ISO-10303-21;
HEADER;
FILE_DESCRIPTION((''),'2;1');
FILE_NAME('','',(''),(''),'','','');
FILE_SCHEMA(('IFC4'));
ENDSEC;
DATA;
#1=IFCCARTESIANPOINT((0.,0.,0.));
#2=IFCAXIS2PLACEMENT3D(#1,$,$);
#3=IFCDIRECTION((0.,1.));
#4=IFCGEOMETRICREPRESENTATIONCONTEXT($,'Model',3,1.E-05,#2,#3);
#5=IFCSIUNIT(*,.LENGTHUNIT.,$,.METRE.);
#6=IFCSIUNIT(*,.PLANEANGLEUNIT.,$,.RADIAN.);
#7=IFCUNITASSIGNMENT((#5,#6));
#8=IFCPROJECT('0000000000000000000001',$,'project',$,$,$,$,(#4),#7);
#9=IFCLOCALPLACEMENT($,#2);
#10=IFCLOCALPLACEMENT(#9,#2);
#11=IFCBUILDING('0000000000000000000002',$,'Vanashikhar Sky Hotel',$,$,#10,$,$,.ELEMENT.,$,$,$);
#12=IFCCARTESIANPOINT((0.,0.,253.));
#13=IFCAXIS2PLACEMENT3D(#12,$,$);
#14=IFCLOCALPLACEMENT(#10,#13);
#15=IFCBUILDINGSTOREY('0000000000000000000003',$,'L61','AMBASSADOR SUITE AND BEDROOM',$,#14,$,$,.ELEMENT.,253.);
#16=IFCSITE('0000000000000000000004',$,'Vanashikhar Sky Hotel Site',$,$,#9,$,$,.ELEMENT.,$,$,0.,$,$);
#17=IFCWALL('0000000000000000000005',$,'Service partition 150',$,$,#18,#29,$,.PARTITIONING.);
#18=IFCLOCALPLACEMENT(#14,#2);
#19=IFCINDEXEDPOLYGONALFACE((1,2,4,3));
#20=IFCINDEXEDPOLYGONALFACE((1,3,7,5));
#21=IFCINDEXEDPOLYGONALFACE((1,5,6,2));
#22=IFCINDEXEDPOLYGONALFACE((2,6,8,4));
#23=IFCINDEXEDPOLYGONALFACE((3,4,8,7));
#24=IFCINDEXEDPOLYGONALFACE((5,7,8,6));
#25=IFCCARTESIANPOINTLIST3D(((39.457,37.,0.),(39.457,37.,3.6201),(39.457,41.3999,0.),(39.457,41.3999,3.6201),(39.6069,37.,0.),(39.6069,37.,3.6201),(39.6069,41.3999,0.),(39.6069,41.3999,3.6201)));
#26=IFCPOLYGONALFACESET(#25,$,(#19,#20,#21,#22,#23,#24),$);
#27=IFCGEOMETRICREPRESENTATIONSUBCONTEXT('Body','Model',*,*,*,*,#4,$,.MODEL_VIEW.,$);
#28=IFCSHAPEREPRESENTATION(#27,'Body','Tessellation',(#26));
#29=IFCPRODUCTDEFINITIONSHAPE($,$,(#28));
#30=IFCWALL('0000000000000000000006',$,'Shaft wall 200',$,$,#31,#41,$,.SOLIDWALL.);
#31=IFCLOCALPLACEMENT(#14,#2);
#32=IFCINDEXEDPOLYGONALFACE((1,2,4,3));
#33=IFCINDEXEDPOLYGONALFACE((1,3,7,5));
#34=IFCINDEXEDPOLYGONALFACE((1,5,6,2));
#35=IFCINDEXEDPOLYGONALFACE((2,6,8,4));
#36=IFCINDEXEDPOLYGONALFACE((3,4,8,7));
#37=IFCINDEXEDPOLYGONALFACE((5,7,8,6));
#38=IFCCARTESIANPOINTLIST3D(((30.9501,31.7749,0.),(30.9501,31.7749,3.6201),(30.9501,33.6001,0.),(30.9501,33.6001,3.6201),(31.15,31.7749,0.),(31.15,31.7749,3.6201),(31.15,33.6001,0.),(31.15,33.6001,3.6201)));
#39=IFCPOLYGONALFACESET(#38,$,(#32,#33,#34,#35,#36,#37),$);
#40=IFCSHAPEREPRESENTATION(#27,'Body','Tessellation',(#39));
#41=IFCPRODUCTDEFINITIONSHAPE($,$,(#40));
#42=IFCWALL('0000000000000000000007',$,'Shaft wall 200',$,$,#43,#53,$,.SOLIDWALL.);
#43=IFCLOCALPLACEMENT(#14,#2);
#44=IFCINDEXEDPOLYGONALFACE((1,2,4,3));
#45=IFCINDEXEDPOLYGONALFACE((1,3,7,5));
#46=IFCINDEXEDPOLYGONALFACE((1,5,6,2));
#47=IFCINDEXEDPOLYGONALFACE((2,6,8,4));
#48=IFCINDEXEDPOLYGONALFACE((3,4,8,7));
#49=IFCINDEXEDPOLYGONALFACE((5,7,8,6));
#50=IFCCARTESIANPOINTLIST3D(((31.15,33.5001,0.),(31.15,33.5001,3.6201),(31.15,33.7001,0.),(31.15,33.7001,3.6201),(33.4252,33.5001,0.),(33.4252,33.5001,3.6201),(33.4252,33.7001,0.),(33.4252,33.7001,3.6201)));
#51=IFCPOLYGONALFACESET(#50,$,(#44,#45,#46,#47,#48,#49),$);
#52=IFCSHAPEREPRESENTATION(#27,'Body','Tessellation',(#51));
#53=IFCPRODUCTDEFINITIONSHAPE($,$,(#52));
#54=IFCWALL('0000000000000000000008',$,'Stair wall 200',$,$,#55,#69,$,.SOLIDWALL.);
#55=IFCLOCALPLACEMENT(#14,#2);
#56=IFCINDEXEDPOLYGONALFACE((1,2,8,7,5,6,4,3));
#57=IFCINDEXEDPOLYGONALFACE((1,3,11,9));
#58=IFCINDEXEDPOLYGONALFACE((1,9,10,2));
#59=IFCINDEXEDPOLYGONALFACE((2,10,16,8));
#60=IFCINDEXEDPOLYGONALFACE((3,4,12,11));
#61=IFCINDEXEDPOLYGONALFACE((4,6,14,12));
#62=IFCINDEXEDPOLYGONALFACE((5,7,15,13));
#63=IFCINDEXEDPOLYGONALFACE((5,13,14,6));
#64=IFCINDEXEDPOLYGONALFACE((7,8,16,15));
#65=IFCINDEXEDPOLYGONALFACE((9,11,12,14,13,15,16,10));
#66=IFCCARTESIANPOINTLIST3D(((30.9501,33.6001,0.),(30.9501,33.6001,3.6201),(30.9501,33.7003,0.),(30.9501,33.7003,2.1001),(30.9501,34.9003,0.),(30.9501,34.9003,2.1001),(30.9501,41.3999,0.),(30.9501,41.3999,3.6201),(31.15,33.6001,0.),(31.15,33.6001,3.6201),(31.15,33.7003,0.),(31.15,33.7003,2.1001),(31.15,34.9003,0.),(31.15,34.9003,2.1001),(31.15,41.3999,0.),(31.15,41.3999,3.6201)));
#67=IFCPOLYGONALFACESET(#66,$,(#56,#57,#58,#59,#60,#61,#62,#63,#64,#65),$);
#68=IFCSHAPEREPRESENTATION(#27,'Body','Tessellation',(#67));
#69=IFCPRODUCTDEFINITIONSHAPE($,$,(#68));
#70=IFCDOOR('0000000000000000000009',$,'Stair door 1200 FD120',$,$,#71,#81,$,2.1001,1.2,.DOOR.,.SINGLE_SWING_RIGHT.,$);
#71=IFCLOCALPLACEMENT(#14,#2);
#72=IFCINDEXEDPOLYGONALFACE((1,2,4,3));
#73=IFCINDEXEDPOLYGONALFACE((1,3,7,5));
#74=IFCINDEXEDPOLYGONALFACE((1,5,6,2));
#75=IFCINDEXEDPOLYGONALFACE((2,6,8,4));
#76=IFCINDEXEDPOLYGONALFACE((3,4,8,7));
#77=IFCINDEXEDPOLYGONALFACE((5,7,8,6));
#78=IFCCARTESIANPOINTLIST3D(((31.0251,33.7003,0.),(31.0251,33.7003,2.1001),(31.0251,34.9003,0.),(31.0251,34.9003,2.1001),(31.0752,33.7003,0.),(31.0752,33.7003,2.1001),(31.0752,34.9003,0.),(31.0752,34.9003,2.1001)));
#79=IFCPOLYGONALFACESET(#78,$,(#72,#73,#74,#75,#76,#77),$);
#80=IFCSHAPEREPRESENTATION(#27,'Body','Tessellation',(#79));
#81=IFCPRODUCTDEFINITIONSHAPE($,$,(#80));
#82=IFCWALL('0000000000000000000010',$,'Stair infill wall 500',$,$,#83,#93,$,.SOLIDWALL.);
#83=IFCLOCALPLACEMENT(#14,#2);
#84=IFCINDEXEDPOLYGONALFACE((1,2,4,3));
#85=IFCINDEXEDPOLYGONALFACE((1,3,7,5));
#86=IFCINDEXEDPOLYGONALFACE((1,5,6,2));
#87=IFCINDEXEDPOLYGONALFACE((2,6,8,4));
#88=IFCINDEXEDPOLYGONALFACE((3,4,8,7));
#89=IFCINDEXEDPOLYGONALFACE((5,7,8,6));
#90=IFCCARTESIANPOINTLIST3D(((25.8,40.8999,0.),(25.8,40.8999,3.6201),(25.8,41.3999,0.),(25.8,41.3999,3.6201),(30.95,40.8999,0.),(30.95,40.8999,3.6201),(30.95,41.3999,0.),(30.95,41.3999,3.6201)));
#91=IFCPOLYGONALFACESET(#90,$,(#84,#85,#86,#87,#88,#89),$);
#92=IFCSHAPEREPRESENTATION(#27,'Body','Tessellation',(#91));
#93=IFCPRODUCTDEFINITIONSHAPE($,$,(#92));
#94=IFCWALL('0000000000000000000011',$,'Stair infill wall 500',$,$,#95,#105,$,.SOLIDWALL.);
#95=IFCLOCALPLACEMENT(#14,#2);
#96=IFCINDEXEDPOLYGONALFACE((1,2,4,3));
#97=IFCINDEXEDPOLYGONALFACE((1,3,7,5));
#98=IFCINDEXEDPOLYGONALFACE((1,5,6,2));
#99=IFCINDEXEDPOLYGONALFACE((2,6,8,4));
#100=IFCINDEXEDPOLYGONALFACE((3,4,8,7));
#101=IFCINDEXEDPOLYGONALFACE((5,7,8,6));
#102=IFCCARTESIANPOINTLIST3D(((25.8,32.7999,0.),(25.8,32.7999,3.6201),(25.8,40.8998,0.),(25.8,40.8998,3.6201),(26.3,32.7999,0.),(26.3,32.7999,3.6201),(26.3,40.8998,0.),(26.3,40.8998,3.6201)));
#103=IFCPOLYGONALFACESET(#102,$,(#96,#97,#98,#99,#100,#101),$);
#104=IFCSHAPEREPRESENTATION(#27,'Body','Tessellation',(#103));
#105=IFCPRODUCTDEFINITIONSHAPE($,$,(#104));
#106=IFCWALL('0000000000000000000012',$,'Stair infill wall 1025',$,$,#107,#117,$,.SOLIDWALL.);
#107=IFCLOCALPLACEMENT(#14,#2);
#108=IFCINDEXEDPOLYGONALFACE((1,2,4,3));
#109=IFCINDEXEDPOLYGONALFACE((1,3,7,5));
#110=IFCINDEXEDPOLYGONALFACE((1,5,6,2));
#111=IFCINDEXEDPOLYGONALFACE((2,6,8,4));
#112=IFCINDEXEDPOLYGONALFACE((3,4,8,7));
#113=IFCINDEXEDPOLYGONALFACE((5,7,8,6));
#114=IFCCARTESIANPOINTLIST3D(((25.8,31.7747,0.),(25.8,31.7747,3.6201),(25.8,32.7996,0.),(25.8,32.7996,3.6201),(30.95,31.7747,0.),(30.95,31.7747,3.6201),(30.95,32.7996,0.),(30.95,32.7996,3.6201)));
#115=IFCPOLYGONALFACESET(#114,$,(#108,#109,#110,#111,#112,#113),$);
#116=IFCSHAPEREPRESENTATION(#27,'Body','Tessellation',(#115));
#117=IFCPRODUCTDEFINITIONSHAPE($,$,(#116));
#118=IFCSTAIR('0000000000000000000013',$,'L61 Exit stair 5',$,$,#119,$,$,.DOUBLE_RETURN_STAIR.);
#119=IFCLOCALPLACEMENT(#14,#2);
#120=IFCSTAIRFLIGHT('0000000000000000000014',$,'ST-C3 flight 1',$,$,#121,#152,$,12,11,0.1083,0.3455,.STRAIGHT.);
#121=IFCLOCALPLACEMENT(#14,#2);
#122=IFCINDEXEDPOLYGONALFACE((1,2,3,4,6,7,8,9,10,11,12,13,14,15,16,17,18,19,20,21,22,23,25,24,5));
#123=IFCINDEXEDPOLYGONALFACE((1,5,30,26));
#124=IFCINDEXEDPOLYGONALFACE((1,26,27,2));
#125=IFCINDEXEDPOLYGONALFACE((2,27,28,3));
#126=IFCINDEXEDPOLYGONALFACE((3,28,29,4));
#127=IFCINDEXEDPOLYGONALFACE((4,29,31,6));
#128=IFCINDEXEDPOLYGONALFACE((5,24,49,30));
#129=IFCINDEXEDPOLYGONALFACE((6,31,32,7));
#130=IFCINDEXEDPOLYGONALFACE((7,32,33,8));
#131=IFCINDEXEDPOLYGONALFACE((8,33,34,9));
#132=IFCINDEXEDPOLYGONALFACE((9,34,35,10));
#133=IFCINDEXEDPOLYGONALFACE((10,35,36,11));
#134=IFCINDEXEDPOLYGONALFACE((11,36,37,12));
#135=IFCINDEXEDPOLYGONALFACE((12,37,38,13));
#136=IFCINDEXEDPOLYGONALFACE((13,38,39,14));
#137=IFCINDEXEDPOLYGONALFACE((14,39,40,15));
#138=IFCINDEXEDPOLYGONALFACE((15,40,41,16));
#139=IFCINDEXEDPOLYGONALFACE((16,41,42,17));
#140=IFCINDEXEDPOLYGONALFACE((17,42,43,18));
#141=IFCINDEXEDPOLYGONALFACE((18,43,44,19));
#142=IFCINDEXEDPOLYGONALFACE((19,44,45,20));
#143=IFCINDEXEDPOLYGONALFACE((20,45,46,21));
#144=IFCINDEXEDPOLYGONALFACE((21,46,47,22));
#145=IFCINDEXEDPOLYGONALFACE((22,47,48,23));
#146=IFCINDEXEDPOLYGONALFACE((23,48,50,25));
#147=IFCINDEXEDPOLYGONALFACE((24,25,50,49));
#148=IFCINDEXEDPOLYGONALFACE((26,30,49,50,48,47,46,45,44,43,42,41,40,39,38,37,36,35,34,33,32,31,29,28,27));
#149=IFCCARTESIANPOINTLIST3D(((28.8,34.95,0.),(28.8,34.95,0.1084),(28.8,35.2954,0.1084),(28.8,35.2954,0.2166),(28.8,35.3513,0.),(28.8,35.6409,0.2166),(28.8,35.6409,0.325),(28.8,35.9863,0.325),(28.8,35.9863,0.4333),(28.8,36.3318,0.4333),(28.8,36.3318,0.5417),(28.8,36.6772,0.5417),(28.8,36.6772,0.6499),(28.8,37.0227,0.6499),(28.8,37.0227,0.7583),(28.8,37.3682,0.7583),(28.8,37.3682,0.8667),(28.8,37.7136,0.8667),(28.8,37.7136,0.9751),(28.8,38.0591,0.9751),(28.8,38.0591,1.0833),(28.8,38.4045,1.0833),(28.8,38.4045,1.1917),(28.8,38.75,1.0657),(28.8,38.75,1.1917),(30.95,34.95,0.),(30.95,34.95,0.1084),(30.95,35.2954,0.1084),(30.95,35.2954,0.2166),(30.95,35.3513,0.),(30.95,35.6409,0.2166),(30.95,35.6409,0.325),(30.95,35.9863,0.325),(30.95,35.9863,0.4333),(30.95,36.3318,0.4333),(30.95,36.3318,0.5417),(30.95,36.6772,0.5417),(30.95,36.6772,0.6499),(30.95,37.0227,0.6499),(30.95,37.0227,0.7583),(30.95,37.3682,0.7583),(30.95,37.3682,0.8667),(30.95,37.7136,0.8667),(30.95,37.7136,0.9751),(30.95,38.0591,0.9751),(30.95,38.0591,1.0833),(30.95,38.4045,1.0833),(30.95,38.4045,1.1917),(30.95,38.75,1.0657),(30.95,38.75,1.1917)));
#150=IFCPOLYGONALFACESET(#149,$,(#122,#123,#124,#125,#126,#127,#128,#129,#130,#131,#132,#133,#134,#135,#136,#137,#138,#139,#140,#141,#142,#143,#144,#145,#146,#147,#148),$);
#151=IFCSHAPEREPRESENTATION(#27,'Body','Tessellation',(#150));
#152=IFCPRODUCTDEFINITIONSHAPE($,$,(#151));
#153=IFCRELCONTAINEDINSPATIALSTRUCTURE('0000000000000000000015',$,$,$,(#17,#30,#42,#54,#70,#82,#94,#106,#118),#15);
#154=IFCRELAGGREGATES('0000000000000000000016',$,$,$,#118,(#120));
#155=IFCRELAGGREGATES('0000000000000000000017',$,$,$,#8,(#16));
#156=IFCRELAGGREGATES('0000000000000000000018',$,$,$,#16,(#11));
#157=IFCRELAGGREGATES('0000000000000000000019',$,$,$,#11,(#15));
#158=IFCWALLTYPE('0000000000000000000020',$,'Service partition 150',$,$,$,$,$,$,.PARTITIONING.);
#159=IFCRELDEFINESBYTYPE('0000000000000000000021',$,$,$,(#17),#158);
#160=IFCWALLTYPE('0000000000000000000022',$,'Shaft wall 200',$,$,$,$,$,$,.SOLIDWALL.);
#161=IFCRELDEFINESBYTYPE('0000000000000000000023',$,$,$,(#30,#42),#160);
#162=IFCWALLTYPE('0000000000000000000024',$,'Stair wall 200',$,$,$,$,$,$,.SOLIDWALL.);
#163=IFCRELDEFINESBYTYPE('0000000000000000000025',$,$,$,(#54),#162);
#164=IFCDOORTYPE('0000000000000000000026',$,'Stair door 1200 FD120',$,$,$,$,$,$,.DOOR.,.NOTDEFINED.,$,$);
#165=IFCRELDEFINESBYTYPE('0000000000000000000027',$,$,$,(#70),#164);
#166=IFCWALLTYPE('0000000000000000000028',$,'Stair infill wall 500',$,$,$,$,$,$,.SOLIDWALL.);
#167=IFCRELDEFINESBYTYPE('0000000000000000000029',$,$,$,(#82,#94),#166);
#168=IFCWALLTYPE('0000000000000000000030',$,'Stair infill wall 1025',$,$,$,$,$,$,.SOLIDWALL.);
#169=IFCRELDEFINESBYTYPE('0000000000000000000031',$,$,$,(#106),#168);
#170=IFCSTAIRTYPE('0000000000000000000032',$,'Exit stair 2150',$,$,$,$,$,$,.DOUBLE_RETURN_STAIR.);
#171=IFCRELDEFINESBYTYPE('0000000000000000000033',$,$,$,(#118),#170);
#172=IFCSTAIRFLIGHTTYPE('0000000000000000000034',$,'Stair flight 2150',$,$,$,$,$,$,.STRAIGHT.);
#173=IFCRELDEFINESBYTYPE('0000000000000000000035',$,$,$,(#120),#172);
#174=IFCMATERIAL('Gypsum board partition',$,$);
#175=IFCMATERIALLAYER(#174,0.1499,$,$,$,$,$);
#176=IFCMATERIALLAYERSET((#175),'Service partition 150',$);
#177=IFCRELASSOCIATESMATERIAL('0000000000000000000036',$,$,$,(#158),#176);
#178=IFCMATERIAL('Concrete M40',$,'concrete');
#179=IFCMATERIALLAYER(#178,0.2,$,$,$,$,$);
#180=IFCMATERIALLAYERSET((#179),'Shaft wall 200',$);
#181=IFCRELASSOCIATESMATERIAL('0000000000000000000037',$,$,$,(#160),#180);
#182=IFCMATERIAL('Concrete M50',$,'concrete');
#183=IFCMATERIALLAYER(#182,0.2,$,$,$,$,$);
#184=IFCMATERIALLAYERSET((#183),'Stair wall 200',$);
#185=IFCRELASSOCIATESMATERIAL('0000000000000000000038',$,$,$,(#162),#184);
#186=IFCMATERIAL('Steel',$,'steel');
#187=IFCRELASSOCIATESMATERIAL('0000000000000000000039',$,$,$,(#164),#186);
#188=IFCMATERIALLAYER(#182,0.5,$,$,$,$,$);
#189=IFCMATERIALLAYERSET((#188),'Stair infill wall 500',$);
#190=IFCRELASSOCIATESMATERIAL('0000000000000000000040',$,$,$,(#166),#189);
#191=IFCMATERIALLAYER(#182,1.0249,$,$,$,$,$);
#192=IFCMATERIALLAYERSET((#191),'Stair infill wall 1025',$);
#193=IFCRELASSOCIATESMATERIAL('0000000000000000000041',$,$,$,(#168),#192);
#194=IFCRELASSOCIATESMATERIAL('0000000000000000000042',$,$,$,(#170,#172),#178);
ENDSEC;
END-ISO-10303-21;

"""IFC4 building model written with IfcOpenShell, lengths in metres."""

from ifc_helpers import new_model, si_unit, direction, frame, frame_2d, origin, place, context, subcontext, project, spatial, polyline, rectangle, outline, extrude, source, transform, mapped, material, layer, layer_set, type_object, element, fill, aggregate, save


model = new_model("IFC4")

# Units and contexts
model_context = context("Model", 3, precision=1e-05, world=origin(), true_north=direction((0.0, 1.0)))
body_context = subcontext(model_context, "Body", "Model", "MODEL_VIEW")
ifc_project = project(units=[si_unit("LENGTHUNIT", "METRE"), si_unit("PLANEANGLEUNIT", "RADIAN")], contexts=[model_context])

# Site, building, storey
site_placement = place(None, origin())
site = spatial("IfcSite", under=ifc_project, at=site_placement, Name="Vanashikhar Sky Hotel Site", CompositionType="ELEMENT", RefElevation=0.0)
building_placement = place(site_placement, origin())
building = spatial("IfcBuilding", under=site, at=building_placement, Name="Vanashikhar Sky Hotel", CompositionType="ELEMENT")
storey_placement = place(building_placement, frame((0.0, 0.0, 253.0)))
storey = spatial("IfcBuildingStorey", under=building, at=storey_placement, Name="L61", Description="AMBASSADOR SUITE AND BEDROOM", CompositionType="ELEMENT", Elevation=253.0)

# Shared definitions
ifc_material_1 = material(Name="Steel", Category="steel")
ifc_material_2 = material(Name="Gypsum board partition")
ifc_layer_1 = layer(ifc_material_2, 0.1499)
ifc_layer_set_1 = layer_set([ifc_layer_1], Name="Service partition 150")
wall_type_1 = type_object("IfcWallType", Name="Service partition 150", PredefinedType="PARTITIONING", material=ifc_layer_set_1)

# Walls
shared_shape_1 = source(origin(), body_context, "Body", "SweptSolid", [
    extrude(rectangle(XDim=4.3999, YDim=0.1499, at=frame_2d((2.2, 0.0))), origin(), (0.0, 0.0, 1.0), 3.6201),
])
for number, where, z_axis, x_axis, name in (
    (1, (39.532, 37.0, 0.0), (0.0, 0.0, 1.0), (0.0, 1.0, 0.0), "Service partition 150"),
):
    element("IfcWall", number, at=place(storey_placement, frame(where, z_axis=z_axis, x_axis=x_axis)), inside=storey, type_object=wall_type_1, Name=name, PredefinedType="PARTITIONING", context=body_context, shape_type="MappedRepresentation", body=[
        mapped(shared_shape_1, transform((0.0, 0.0, 0.0), scale=1.0)),
    ])
ifc_material_3 = material(Name="Concrete M40", Category="concrete")
ifc_layer_2 = layer(ifc_material_3, 0.2)
ifc_layer_set_2 = layer_set([ifc_layer_2], Name="Shaft wall 200")
wall_type_2 = type_object("IfcWallType", Name="Shaft wall 200", PredefinedType="SOLIDWALL", material=ifc_layer_set_2)
shared_shape_2 = source(origin(), body_context, "Body", "SweptSolid", [
    extrude(rectangle(XDim=1.8252, YDim=0.2, at=frame_2d((0.9126, 0.0))), origin(), (0.0, 0.0, 1.0), 3.6201),
])
wall_1_placement = place(storey_placement, frame((31.05, 31.7749, 0.0), z_axis=(0.0, 0.0, 1.0), x_axis=(0.0, 1.0, 0.0)))
element("IfcWall", 2, at=wall_1_placement, inside=storey, type_object=wall_type_2, Name="Shaft wall 200", PredefinedType="SOLIDWALL", context=body_context, shape_type="MappedRepresentation", body=[
    mapped(shared_shape_2, transform((0.0, 0.0, 0.0), scale=1.0)),
])
shared_shape_3 = source(origin(), body_context, "Body", "SweptSolid", [
    extrude(rectangle(XDim=2.2751, YDim=0.2, at=frame_2d((1.1377, 0.0))), origin(), (0.0, 0.0, 1.0), 3.6201),
])
wall_2_placement = place(storey_placement, frame((31.1499, 33.6001, 0.0), z_axis=(0.0, 0.0, 1.0), x_axis=(1.0, 0.0, 0.0)))
element("IfcWall", 3, at=wall_2_placement, inside=storey, type_object=wall_type_2, Name="Shaft wall 200", PredefinedType="SOLIDWALL", context=body_context, shape_type="MappedRepresentation", body=[
    mapped(shared_shape_3, transform((0.0, 0.0, 0.0), scale=1.0)),
])

# Wall, opening, door
ifc_material_4 = material(Name="Concrete M50", Category="concrete")
ifc_layer_3 = layer(ifc_material_4, 0.2)
ifc_layer_set_3 = layer_set([ifc_layer_3], Name="Stair wall 200")
wall_type_3 = type_object("IfcWallType", Name="Stair wall 200", PredefinedType="SOLIDWALL", material=ifc_layer_set_3)
shared_shape_4 = source(origin(), body_context, "Body", "SweptSolid", [
    extrude(rectangle(XDim=7.7998, YDim=0.2, at=frame_2d((3.8999, 0.0))), origin(), (0.0, 0.0, 1.0), 3.6201),
])
wall_3_placement = place(storey_placement, frame((31.05, 33.6001, 0.0), z_axis=(0.0, 0.0, 1.0), x_axis=(0.0, 1.0, 0.0)))
wall_3 = element("IfcWall", 4, at=wall_3_placement, inside=storey, type_object=wall_type_3, Name="Stair wall 200", PredefinedType="SOLIDWALL", context=body_context, shape_type="MappedRepresentation", body=[
    mapped(shared_shape_4, transform((0.0, 0.0, 0.0), scale=1.0)),
])
shared_shape_5 = source(origin(), body_context, "Body", "SweptSolid", [
    extrude(rectangle(XDim=1.2, YDim=2.1001, at=frame_2d((0.6001, 1.05))), frame((0.0, 0.1099, 0.0), z_axis=(0.0, -1.0, 0.0), x_axis=(1.0, 0.0, 0.0)), (0.0, 0.0, 1.0), 0.22),
])
opening_1_placement = place(wall_3_placement, frame((0.1001, 0.0, 0.0)))
opening_1 = element("IfcOpeningElement", 5, at=opening_1_placement, cuts=wall_3, PredefinedType="OPENING", context=body_context, shape_type="MappedRepresentation", body=[
    mapped(shared_shape_5, transform((0.0, 0.0, 0.0), scale=1.0)),
])
door_type_1 = type_object("IfcDoorType", Name="Stair door 1200 FD120", OperationType="NOTDEFINED", PredefinedType="DOOR", material=ifc_material_1)
shared_shape_6 = source(origin(), body_context, "Body", "SweptSolid", [
    extrude(rectangle(XDim=1.2, YDim=2.1001, at=frame_2d((0.6001, 1.05))), frame((0.0, 0.0249, 0.0), z_axis=(0.0, -1.0, 0.0), x_axis=(1.0, 0.0, 0.0)), (0.0, 0.0, 1.0), 0.05),
])
door_1_placement = place(opening_1_placement, origin())
door_1 = element("IfcDoor", 6, at=door_1_placement, inside=storey, type_object=door_type_1, Name="Stair door 1200 FD120", OperationType="SINGLE_SWING_RIGHT", OverallHeight=2.1001, OverallWidth=1.2, PredefinedType="DOOR", context=body_context, shape_type="MappedRepresentation", body=[
    mapped(shared_shape_6, transform((0.0, 0.0, 0.0), scale=1.0)),
])
fill(opening_1, door_1)

# Walls
ifc_layer_4 = layer(ifc_material_4, 0.5)
ifc_layer_set_4 = layer_set([ifc_layer_4], Name="Stair infill wall 500")
wall_type_4 = type_object("IfcWallType", Name="Stair infill wall 500", PredefinedType="SOLIDWALL", material=ifc_layer_set_4)
shared_shape_7 = source(origin(), body_context, "Body", "SweptSolid", [
    extrude(rectangle(XDim=5.1499, YDim=0.5, at=frame_2d((2.575, 0.0))), origin(), (0.0, 0.0, 1.0), 3.6201),
])
wall_4_placement = place(storey_placement, frame((25.8, 41.1499, 0.0), z_axis=(0.0, 0.0, 1.0), x_axis=(1.0, 0.0, 0.0)))
element("IfcWall", 7, at=wall_4_placement, inside=storey, type_object=wall_type_4, Name="Stair infill wall 500", PredefinedType="SOLIDWALL", context=body_context, shape_type="MappedRepresentation", body=[
    mapped(shared_shape_7, transform((0.0, 0.0, 0.0), scale=1.0)),
])
shared_shape_8 = source(origin(), body_context, "Body", "SweptSolid", [
    extrude(rectangle(XDim=8.0999, YDim=0.5, at=frame_2d((4.0498, 0.0))), origin(), (0.0, 0.0, 1.0), 3.6201),
])
wall_5_placement = place(storey_placement, frame((26.05, 32.8, 0.0), z_axis=(0.0, 0.0, 1.0), x_axis=(0.0, 1.0, 0.0)))
element("IfcWall", 8, at=wall_5_placement, inside=storey, type_object=wall_type_4, Name="Stair infill wall 500", PredefinedType="SOLIDWALL", context=body_context, shape_type="MappedRepresentation", body=[
    mapped(shared_shape_8, transform((0.0, 0.0, 0.0), scale=1.0)),
])
ifc_layer_5 = layer(ifc_material_4, 1.0249)
ifc_layer_set_5 = layer_set([ifc_layer_5], Name="Stair infill wall 1025")
wall_type_5 = type_object("IfcWallType", Name="Stair infill wall 1025", PredefinedType="SOLIDWALL", material=ifc_layer_set_5)
shared_shape_9 = source(origin(), body_context, "Body", "SweptSolid", [
    extrude(rectangle(XDim=5.1499, YDim=1.0249, at=frame_2d((2.575, 0.0))), origin(), (0.0, 0.0, 1.0), 3.6201),
])
wall_6_placement = place(storey_placement, frame((25.8, 32.2871, 0.0), z_axis=(0.0, 0.0, 1.0), x_axis=(1.0, 0.0, 0.0)))
element("IfcWall", 9, at=wall_6_placement, inside=storey, type_object=wall_type_5, Name="Stair infill wall 1025", PredefinedType="SOLIDWALL", context=body_context, shape_type="MappedRepresentation", body=[
    mapped(shared_shape_9, transform((0.0, 0.0, 0.0), scale=1.0)),
])

# Stair, stair flight
stair_type = type_object("IfcStairType", Name="Exit stair 2150", PredefinedType="DOUBLE_RETURN_STAIR", material=ifc_material_3)
stair_placement = place(storey_placement, origin())
stair = element("IfcStair", 10, at=stair_placement, inside=storey, type_object=stair_type, Name="L61 Exit stair 5", PredefinedType="DOUBLE_RETURN_STAIR")
stair_flight_type = type_object("IfcStairFlightType", Name="Stair flight 2150", PredefinedType="STRAIGHT", material=ifc_material_3)
shared_shape_10 = source(origin(), body_context, "Body", "SweptSolid", [
    extrude(outline(polyline([(0.0, 0.0), (0.0, 0.1084), (0.3455, 0.1084), (0.3455, 0.2166), (0.6909, 0.2166), (0.6909, 0.325), (1.0364, 0.325), (1.0364, 0.4333), (1.3818, 0.4333), (1.3818, 0.5417), (1.7273, 0.5417), (1.7273, 0.6499), (2.0728, 0.6499), (2.0728, 0.7583), (2.4182, 0.7583), (2.4182, 0.8667), (2.7637, 0.8667), (2.7637, 0.9751), (3.1091, 0.9751), (3.1091, 1.0833), (3.4546, 1.0833), (3.4546, 1.1917), (3.8, 1.1917), (3.8, 1.3), (3.8, 1.0657), (0.4014, 0.0), (0.0, 0.0)])), frame((0.0, 1.075, 0.0), z_axis=(0.0, -1.0, 0.0), x_axis=(1.0, 0.0, 0.0)), (0.0, 0.0, 1.0), 2.1499),
])
stair_flight_1_placement = place(storey_placement, frame((29.875, 34.95, 0.0), z_axis=(0.0, 0.0, 1.0), x_axis=(0.0, 1.0, 0.0)))
stair_flight_1 = element("IfcStairFlight", 11, at=stair_flight_1_placement, type_object=stair_flight_type, Name="ST-C3 flight 1", NumberOfRisers=12, NumberOfTreads=11, PredefinedType="STRAIGHT", RiserHeight=0.1083, TreadLength=0.3455, context=body_context, shape_type="MappedRepresentation", body=[
    mapped(shared_shape_10, transform((0.0, 0.0, 0.0), scale=1.0)),
])
aggregate(stair, [stair_flight_1])

save(model, "model.ifc")
